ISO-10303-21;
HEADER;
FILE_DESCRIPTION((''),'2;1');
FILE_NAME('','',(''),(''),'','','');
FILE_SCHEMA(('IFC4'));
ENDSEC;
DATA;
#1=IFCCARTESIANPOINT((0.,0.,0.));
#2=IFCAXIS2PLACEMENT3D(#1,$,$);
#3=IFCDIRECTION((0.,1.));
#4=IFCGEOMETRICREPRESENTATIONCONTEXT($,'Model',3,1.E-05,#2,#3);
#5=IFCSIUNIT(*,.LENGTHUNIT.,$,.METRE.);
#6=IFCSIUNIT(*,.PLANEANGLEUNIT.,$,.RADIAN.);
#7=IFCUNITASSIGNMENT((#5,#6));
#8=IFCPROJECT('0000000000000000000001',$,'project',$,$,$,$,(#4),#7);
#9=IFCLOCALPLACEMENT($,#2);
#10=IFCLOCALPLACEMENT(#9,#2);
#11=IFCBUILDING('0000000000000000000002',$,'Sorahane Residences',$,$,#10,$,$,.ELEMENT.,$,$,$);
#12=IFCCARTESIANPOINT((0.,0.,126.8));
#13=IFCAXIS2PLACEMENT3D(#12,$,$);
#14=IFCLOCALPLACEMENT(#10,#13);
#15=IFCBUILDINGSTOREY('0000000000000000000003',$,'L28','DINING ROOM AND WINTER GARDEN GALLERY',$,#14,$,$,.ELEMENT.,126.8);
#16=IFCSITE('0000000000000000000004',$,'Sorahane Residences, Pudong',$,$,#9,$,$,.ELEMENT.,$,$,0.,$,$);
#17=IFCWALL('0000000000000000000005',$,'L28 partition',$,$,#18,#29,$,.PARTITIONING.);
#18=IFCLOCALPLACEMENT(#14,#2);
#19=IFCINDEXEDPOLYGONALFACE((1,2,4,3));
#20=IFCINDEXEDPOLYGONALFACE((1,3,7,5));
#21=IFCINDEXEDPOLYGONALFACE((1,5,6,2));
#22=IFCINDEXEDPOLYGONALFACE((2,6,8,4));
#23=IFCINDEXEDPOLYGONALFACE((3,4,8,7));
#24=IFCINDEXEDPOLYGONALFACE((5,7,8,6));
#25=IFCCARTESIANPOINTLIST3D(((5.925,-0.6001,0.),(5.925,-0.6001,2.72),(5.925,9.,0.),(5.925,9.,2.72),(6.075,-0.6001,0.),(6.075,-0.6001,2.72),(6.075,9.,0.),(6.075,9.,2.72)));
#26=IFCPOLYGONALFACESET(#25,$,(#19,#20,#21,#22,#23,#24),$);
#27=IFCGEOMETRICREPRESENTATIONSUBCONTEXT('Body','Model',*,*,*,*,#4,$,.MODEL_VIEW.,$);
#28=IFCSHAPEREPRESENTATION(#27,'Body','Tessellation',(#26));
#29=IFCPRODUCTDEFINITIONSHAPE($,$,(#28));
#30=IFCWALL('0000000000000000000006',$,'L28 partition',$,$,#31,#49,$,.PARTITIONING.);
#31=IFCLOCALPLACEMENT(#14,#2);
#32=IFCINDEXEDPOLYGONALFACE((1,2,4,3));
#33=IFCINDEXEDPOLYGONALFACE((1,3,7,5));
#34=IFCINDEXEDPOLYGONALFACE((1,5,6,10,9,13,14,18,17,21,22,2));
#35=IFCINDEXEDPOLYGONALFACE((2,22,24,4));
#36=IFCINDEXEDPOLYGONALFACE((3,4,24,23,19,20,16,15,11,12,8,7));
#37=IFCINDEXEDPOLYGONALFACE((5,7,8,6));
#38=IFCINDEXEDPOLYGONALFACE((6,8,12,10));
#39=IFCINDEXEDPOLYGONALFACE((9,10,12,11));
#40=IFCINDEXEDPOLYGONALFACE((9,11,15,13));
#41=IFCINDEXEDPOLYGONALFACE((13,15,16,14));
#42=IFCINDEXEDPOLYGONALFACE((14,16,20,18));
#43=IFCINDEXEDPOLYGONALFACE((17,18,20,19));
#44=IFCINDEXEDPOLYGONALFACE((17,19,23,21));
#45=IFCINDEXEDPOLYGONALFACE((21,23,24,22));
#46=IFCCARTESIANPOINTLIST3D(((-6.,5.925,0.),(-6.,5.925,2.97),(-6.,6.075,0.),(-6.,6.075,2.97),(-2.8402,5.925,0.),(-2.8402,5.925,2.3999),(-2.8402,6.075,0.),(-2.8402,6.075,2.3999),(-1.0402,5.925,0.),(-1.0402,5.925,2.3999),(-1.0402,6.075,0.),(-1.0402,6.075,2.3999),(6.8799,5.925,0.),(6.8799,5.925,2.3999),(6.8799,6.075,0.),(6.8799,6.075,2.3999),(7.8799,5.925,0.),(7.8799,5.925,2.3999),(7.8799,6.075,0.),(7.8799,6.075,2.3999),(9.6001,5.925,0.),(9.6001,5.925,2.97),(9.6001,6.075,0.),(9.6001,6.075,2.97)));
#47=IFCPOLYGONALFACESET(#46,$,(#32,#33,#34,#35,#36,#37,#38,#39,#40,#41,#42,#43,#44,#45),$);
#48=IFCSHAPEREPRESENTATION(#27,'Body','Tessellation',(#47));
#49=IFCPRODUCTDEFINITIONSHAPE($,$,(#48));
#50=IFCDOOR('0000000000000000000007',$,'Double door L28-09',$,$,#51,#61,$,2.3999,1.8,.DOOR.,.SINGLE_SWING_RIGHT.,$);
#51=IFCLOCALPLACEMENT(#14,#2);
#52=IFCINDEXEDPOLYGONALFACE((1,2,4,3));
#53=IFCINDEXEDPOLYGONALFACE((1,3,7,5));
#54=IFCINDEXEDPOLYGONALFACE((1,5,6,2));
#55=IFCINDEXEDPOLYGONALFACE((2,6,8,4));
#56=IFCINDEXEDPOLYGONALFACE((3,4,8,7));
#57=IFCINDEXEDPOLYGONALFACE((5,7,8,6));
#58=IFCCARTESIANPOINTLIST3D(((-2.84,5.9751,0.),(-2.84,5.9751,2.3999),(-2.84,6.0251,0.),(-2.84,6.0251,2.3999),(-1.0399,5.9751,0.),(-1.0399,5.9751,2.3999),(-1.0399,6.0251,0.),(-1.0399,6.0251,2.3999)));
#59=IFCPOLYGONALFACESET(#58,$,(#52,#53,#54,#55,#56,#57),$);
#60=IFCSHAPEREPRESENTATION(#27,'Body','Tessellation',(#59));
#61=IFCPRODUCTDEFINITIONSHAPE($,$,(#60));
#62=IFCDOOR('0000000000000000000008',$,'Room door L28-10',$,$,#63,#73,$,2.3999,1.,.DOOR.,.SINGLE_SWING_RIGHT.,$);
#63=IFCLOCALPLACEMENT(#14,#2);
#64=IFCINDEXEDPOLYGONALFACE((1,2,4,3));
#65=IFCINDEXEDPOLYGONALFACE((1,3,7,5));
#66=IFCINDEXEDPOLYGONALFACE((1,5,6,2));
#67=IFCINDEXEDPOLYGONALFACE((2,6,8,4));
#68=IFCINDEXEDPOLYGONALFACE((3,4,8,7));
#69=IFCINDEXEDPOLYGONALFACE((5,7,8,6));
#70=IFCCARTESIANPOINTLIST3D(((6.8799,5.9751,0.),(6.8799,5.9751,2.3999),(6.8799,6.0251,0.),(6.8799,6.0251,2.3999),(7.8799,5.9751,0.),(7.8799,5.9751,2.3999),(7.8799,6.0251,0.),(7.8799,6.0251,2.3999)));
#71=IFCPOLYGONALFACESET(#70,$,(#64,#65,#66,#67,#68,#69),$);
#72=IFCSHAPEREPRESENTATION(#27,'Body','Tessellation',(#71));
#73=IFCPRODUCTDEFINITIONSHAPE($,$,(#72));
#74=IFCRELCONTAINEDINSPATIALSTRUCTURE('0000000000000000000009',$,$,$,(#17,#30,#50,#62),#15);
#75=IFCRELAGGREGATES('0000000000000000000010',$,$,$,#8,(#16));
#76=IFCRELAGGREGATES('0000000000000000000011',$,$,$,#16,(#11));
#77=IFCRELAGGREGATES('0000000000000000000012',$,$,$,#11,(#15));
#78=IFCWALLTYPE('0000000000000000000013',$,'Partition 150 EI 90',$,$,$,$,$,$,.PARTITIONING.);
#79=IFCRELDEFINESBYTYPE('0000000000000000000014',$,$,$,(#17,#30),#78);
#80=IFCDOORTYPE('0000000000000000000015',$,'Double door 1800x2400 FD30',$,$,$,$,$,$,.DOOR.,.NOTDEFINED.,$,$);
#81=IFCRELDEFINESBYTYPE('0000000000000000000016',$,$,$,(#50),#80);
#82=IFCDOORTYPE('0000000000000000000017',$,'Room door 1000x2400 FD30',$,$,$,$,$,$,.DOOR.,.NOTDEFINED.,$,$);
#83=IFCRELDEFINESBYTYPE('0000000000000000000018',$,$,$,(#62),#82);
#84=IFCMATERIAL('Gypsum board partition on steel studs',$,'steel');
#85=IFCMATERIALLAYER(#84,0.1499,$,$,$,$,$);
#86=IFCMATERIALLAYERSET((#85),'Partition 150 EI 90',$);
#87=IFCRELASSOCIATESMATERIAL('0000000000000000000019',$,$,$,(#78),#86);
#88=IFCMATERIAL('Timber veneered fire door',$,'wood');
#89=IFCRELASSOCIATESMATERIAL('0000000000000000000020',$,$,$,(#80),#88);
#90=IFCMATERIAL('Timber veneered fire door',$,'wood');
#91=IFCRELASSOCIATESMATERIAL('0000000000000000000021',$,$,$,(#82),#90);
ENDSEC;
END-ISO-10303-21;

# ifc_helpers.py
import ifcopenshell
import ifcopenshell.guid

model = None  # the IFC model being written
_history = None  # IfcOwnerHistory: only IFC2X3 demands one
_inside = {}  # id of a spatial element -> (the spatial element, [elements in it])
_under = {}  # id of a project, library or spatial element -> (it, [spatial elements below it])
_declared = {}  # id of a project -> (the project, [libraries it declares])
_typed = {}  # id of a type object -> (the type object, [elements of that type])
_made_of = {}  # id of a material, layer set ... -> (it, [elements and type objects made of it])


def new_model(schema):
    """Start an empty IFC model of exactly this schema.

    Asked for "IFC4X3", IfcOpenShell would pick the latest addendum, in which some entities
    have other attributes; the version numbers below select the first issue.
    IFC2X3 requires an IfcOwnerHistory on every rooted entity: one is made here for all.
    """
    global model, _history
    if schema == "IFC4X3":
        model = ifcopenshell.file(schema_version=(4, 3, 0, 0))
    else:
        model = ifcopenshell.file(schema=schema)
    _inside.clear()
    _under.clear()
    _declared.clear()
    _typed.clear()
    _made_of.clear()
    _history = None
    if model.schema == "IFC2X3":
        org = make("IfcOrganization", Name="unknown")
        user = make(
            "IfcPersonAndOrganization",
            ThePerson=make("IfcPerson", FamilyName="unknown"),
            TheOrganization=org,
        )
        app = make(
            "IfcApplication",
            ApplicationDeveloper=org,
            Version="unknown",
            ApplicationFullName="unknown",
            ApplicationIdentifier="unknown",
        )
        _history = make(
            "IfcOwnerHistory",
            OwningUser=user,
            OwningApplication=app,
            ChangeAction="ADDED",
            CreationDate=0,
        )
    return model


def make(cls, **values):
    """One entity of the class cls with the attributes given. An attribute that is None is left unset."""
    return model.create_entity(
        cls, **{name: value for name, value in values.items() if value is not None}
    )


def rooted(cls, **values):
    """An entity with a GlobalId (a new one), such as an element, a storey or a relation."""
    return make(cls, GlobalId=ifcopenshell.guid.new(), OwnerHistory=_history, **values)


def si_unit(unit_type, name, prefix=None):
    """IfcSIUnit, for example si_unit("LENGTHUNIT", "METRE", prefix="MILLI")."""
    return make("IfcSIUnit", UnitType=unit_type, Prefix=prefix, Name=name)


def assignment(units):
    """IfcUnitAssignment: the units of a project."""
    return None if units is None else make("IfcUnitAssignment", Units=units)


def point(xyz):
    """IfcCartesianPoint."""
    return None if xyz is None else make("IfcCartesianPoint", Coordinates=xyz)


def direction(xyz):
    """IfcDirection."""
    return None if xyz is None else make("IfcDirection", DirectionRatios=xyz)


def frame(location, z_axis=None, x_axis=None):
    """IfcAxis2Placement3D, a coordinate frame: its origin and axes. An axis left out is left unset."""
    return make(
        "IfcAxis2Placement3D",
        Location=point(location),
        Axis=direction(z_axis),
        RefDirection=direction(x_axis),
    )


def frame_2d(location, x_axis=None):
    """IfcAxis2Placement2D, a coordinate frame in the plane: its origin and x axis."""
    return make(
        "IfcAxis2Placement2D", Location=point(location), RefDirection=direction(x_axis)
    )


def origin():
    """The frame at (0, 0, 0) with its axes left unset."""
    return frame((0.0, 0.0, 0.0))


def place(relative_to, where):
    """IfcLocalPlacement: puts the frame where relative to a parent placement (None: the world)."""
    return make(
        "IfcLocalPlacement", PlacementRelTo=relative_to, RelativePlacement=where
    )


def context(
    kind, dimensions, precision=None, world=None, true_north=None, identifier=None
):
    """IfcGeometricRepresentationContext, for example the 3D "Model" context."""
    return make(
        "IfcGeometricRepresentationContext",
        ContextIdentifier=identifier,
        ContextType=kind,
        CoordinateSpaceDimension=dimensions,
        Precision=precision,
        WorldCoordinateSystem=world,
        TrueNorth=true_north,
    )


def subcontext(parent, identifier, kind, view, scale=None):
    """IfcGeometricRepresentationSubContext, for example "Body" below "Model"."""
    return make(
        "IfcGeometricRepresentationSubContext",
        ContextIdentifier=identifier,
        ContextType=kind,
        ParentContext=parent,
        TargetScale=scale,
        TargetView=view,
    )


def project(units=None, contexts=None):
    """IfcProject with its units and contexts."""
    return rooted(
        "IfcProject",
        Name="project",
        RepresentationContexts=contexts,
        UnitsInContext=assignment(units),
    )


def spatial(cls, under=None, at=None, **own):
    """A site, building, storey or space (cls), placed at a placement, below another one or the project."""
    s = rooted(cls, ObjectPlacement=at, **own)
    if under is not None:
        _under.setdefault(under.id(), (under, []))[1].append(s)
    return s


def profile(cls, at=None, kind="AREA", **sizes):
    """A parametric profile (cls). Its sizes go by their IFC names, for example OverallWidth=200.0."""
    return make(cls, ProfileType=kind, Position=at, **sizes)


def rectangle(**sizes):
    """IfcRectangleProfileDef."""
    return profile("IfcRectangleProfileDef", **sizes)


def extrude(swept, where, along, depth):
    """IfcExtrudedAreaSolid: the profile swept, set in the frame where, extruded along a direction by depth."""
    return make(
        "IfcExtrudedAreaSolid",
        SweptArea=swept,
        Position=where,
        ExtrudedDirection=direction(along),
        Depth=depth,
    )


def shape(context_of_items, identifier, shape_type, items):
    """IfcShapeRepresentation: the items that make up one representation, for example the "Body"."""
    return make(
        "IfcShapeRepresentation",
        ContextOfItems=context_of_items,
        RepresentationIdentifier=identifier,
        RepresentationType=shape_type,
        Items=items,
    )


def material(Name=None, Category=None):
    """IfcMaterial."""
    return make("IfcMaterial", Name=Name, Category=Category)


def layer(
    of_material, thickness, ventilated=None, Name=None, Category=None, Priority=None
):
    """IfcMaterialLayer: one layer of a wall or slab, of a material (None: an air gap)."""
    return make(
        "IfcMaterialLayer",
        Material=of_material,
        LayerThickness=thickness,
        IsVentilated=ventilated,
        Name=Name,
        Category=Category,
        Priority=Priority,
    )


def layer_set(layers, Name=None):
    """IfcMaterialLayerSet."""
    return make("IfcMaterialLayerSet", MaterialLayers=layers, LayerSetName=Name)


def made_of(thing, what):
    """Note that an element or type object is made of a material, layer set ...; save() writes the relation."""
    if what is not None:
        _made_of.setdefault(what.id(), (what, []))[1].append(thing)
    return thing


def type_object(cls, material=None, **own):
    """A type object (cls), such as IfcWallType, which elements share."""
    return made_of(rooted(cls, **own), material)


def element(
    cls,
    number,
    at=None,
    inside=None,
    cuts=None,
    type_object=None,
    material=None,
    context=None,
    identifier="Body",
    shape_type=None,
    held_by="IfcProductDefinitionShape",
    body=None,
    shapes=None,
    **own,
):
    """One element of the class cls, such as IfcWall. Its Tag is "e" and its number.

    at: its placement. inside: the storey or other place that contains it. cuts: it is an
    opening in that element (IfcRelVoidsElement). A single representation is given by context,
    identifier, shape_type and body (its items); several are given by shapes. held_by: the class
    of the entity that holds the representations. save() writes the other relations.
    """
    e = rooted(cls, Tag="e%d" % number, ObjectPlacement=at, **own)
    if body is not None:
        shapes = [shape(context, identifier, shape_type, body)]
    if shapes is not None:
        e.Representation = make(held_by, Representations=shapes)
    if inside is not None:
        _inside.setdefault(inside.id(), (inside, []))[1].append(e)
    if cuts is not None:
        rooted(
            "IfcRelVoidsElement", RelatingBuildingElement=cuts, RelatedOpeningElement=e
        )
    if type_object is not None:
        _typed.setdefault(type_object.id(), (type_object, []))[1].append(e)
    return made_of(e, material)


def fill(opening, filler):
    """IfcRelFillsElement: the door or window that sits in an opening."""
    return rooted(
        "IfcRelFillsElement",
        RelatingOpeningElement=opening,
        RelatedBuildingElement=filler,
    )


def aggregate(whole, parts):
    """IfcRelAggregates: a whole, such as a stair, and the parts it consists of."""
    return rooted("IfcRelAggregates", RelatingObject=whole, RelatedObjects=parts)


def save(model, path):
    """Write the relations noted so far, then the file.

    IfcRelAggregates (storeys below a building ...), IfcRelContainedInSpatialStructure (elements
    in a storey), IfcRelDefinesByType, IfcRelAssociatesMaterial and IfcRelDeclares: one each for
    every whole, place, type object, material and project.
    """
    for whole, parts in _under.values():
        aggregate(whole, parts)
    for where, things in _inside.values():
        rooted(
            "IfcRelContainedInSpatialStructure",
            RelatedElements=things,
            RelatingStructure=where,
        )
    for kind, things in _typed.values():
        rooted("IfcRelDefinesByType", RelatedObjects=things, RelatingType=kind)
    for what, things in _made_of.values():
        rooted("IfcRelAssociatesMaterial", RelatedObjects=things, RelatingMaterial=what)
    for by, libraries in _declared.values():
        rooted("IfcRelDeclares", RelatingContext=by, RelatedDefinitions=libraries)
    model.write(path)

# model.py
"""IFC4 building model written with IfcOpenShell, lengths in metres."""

from ifc_helpers import new_model, si_unit, direction, frame, frame_2d, origin, place, context, subcontext, project, spatial, rectangle, extrude, material, layer, layer_set, type_object, element, fill, save


model = new_model("IFC4")

# Units and contexts
model_context = context("Model", 3, precision=1e-05, world=origin(), true_north=direction((0.0, 1.0)))
body_context = subcontext(model_context, "Body", "Model", "MODEL_VIEW")
ifc_project = project(units=[si_unit("LENGTHUNIT", "METRE"), si_unit("PLANEANGLEUNIT", "RADIAN")], contexts=[model_context])

# Site, building, storey
site_placement = place(None, origin())
site = spatial("IfcSite", under=ifc_project, at=site_placement, Name="Sorahane Residences, Pudong", CompositionType="ELEMENT", RefElevation=0.0)
building_placement = place(site_placement, origin())
building = spatial("IfcBuilding", under=site, at=building_placement, Name="Sorahane Residences", CompositionType="ELEMENT")
storey_placement = place(building_placement, frame((0.0, 0.0, 126.8)))
storey = spatial("IfcBuildingStorey", under=building, at=storey_placement, Name="L28", Description="DINING ROOM AND WINTER GARDEN GALLERY", CompositionType="ELEMENT", Elevation=126.8)

# Wall
ifc_material_1 = material(Name="Gypsum board partition on steel studs", Category="steel")
ifc_layer_1 = layer(ifc_material_1, 0.1499)
ifc_layer_set_1 = layer_set([ifc_layer_1], Name="Partition 150 EI 90")
wall_type = type_object("IfcWallType", Name="Partition 150 EI 90", PredefinedType="PARTITIONING", material=ifc_layer_set_1)
wall_1_placement = place(storey_placement, frame((6.0, -0.6001, 0.0), z_axis=(0.0, 0.0, 1.0), x_axis=(0.0, 1.0, 0.0)))
element("IfcWall", 1, at=wall_1_placement, inside=storey, type_object=wall_type, Name="L28 partition", PredefinedType="PARTITIONING", context=body_context, shape_type="SweptSolid", body=[
    extrude(rectangle(XDim=9.6001, YDim=0.1499, at=frame_2d((4.8, 0.0))), origin(), (0.0, 0.0, 1.0), 2.72),
])

# Wall, openings, doors
wall_2_placement = place(storey_placement, frame((-6.0, 6.0, 0.0), z_axis=(0.0, 0.0, 1.0), x_axis=(1.0, 0.0, 0.0)))
wall_2 = element("IfcWall", 2, at=wall_2_placement, inside=storey, type_object=wall_type, Name="L28 partition", PredefinedType="PARTITIONING", context=body_context, shape_type="SweptSolid", body=[
    extrude(rectangle(XDim=15.6001, YDim=0.1499, at=frame_2d((7.8, 0.0))), origin(), (0.0, 0.0, 1.0), 2.97),
])
opening_1_placement = place(wall_2_placement, frame((3.1599, 0.0, 0.0)))
opening_1 = element("IfcOpeningElement", 3, at=opening_1_placement, cuts=wall_2, PredefinedType="OPENING", context=body_context, shape_type="SweptSolid", body=[
    extrude(rectangle(XDim=1.8, YDim=2.3999, at=frame_2d((0.8999, 1.2))), frame((0.0, 0.085, 0.0), z_axis=(0.0, -1.0, 0.0), x_axis=(1.0, 0.0, 0.0)), (0.0, 0.0, 1.0), 0.1699),
])
opening_2_placement = place(wall_2_placement, frame((12.8799, 0.0, 0.0)))
opening_2 = element("IfcOpeningElement", 4, at=opening_2_placement, cuts=wall_2, PredefinedType="OPENING", context=body_context, shape_type="SweptSolid", body=[
    extrude(rectangle(XDim=1.0, YDim=2.3999, at=frame_2d((0.5, 1.2))), frame((0.0, 0.085, 0.0), z_axis=(0.0, -1.0, 0.0), x_axis=(1.0, 0.0, 0.0)), (0.0, 0.0, 1.0), 0.1699),
])
ifc_material_2 = material(Name="Timber veneered fire door", Category="wood")
door_type_1 = type_object("IfcDoorType", Name="Double door 1800x2400 FD30", OperationType="NOTDEFINED", PredefinedType="DOOR", material=ifc_material_2)
door_1_placement = place(opening_1_placement, frame((1.8, 0.0, 0.0), z_axis=(0.0, 0.0, 1.0), x_axis=(-1.0, 0.0, 0.0)))
door_1 = element("IfcDoor", 5, at=door_1_placement, inside=storey, type_object=door_type_1, Name="Double door L28-09", OperationType="SINGLE_SWING_RIGHT", OverallHeight=2.3999, OverallWidth=1.8, PredefinedType="DOOR", context=body_context, shape_type="SweptSolid", body=[
    extrude(rectangle(XDim=1.8, YDim=2.3999, at=frame_2d((0.8999, 1.2))), frame((0.0, 0.0249, 0.0), z_axis=(0.0, -1.0, 0.0), x_axis=(1.0, 0.0, 0.0)), (0.0, 0.0, 1.0), 0.05),
])
fill(opening_1, door_1)
ifc_material_3 = material(Name="Timber veneered fire door", Category="wood")
door_type_2 = type_object("IfcDoorType", Name="Room door 1000x2400 FD30", OperationType="NOTDEFINED", PredefinedType="DOOR", material=ifc_material_3)
door_2_placement = place(opening_2_placement, frame((1.0, 0.0, 0.0), z_axis=(0.0, 0.0, 1.0), x_axis=(-1.0, 0.0, 0.0)))
door_2 = element("IfcDoor", 6, at=door_2_placement, inside=storey, type_object=door_type_2, Name="Room door L28-10", OperationType="SINGLE_SWING_RIGHT", OverallHeight=2.3999, OverallWidth=1.0, PredefinedType="DOOR", context=body_context, shape_type="SweptSolid", body=[
    extrude(rectangle(XDim=1.0, YDim=2.3999, at=frame_2d((0.5, 1.2))), frame((0.0, 0.0249, 0.0), z_axis=(0.0, -1.0, 0.0), x_axis=(1.0, 0.0, 0.0)), (0.0, 0.0, 1.0), 0.05),
])
fill(opening_2, door_2)

save(model, "model.ifc")
